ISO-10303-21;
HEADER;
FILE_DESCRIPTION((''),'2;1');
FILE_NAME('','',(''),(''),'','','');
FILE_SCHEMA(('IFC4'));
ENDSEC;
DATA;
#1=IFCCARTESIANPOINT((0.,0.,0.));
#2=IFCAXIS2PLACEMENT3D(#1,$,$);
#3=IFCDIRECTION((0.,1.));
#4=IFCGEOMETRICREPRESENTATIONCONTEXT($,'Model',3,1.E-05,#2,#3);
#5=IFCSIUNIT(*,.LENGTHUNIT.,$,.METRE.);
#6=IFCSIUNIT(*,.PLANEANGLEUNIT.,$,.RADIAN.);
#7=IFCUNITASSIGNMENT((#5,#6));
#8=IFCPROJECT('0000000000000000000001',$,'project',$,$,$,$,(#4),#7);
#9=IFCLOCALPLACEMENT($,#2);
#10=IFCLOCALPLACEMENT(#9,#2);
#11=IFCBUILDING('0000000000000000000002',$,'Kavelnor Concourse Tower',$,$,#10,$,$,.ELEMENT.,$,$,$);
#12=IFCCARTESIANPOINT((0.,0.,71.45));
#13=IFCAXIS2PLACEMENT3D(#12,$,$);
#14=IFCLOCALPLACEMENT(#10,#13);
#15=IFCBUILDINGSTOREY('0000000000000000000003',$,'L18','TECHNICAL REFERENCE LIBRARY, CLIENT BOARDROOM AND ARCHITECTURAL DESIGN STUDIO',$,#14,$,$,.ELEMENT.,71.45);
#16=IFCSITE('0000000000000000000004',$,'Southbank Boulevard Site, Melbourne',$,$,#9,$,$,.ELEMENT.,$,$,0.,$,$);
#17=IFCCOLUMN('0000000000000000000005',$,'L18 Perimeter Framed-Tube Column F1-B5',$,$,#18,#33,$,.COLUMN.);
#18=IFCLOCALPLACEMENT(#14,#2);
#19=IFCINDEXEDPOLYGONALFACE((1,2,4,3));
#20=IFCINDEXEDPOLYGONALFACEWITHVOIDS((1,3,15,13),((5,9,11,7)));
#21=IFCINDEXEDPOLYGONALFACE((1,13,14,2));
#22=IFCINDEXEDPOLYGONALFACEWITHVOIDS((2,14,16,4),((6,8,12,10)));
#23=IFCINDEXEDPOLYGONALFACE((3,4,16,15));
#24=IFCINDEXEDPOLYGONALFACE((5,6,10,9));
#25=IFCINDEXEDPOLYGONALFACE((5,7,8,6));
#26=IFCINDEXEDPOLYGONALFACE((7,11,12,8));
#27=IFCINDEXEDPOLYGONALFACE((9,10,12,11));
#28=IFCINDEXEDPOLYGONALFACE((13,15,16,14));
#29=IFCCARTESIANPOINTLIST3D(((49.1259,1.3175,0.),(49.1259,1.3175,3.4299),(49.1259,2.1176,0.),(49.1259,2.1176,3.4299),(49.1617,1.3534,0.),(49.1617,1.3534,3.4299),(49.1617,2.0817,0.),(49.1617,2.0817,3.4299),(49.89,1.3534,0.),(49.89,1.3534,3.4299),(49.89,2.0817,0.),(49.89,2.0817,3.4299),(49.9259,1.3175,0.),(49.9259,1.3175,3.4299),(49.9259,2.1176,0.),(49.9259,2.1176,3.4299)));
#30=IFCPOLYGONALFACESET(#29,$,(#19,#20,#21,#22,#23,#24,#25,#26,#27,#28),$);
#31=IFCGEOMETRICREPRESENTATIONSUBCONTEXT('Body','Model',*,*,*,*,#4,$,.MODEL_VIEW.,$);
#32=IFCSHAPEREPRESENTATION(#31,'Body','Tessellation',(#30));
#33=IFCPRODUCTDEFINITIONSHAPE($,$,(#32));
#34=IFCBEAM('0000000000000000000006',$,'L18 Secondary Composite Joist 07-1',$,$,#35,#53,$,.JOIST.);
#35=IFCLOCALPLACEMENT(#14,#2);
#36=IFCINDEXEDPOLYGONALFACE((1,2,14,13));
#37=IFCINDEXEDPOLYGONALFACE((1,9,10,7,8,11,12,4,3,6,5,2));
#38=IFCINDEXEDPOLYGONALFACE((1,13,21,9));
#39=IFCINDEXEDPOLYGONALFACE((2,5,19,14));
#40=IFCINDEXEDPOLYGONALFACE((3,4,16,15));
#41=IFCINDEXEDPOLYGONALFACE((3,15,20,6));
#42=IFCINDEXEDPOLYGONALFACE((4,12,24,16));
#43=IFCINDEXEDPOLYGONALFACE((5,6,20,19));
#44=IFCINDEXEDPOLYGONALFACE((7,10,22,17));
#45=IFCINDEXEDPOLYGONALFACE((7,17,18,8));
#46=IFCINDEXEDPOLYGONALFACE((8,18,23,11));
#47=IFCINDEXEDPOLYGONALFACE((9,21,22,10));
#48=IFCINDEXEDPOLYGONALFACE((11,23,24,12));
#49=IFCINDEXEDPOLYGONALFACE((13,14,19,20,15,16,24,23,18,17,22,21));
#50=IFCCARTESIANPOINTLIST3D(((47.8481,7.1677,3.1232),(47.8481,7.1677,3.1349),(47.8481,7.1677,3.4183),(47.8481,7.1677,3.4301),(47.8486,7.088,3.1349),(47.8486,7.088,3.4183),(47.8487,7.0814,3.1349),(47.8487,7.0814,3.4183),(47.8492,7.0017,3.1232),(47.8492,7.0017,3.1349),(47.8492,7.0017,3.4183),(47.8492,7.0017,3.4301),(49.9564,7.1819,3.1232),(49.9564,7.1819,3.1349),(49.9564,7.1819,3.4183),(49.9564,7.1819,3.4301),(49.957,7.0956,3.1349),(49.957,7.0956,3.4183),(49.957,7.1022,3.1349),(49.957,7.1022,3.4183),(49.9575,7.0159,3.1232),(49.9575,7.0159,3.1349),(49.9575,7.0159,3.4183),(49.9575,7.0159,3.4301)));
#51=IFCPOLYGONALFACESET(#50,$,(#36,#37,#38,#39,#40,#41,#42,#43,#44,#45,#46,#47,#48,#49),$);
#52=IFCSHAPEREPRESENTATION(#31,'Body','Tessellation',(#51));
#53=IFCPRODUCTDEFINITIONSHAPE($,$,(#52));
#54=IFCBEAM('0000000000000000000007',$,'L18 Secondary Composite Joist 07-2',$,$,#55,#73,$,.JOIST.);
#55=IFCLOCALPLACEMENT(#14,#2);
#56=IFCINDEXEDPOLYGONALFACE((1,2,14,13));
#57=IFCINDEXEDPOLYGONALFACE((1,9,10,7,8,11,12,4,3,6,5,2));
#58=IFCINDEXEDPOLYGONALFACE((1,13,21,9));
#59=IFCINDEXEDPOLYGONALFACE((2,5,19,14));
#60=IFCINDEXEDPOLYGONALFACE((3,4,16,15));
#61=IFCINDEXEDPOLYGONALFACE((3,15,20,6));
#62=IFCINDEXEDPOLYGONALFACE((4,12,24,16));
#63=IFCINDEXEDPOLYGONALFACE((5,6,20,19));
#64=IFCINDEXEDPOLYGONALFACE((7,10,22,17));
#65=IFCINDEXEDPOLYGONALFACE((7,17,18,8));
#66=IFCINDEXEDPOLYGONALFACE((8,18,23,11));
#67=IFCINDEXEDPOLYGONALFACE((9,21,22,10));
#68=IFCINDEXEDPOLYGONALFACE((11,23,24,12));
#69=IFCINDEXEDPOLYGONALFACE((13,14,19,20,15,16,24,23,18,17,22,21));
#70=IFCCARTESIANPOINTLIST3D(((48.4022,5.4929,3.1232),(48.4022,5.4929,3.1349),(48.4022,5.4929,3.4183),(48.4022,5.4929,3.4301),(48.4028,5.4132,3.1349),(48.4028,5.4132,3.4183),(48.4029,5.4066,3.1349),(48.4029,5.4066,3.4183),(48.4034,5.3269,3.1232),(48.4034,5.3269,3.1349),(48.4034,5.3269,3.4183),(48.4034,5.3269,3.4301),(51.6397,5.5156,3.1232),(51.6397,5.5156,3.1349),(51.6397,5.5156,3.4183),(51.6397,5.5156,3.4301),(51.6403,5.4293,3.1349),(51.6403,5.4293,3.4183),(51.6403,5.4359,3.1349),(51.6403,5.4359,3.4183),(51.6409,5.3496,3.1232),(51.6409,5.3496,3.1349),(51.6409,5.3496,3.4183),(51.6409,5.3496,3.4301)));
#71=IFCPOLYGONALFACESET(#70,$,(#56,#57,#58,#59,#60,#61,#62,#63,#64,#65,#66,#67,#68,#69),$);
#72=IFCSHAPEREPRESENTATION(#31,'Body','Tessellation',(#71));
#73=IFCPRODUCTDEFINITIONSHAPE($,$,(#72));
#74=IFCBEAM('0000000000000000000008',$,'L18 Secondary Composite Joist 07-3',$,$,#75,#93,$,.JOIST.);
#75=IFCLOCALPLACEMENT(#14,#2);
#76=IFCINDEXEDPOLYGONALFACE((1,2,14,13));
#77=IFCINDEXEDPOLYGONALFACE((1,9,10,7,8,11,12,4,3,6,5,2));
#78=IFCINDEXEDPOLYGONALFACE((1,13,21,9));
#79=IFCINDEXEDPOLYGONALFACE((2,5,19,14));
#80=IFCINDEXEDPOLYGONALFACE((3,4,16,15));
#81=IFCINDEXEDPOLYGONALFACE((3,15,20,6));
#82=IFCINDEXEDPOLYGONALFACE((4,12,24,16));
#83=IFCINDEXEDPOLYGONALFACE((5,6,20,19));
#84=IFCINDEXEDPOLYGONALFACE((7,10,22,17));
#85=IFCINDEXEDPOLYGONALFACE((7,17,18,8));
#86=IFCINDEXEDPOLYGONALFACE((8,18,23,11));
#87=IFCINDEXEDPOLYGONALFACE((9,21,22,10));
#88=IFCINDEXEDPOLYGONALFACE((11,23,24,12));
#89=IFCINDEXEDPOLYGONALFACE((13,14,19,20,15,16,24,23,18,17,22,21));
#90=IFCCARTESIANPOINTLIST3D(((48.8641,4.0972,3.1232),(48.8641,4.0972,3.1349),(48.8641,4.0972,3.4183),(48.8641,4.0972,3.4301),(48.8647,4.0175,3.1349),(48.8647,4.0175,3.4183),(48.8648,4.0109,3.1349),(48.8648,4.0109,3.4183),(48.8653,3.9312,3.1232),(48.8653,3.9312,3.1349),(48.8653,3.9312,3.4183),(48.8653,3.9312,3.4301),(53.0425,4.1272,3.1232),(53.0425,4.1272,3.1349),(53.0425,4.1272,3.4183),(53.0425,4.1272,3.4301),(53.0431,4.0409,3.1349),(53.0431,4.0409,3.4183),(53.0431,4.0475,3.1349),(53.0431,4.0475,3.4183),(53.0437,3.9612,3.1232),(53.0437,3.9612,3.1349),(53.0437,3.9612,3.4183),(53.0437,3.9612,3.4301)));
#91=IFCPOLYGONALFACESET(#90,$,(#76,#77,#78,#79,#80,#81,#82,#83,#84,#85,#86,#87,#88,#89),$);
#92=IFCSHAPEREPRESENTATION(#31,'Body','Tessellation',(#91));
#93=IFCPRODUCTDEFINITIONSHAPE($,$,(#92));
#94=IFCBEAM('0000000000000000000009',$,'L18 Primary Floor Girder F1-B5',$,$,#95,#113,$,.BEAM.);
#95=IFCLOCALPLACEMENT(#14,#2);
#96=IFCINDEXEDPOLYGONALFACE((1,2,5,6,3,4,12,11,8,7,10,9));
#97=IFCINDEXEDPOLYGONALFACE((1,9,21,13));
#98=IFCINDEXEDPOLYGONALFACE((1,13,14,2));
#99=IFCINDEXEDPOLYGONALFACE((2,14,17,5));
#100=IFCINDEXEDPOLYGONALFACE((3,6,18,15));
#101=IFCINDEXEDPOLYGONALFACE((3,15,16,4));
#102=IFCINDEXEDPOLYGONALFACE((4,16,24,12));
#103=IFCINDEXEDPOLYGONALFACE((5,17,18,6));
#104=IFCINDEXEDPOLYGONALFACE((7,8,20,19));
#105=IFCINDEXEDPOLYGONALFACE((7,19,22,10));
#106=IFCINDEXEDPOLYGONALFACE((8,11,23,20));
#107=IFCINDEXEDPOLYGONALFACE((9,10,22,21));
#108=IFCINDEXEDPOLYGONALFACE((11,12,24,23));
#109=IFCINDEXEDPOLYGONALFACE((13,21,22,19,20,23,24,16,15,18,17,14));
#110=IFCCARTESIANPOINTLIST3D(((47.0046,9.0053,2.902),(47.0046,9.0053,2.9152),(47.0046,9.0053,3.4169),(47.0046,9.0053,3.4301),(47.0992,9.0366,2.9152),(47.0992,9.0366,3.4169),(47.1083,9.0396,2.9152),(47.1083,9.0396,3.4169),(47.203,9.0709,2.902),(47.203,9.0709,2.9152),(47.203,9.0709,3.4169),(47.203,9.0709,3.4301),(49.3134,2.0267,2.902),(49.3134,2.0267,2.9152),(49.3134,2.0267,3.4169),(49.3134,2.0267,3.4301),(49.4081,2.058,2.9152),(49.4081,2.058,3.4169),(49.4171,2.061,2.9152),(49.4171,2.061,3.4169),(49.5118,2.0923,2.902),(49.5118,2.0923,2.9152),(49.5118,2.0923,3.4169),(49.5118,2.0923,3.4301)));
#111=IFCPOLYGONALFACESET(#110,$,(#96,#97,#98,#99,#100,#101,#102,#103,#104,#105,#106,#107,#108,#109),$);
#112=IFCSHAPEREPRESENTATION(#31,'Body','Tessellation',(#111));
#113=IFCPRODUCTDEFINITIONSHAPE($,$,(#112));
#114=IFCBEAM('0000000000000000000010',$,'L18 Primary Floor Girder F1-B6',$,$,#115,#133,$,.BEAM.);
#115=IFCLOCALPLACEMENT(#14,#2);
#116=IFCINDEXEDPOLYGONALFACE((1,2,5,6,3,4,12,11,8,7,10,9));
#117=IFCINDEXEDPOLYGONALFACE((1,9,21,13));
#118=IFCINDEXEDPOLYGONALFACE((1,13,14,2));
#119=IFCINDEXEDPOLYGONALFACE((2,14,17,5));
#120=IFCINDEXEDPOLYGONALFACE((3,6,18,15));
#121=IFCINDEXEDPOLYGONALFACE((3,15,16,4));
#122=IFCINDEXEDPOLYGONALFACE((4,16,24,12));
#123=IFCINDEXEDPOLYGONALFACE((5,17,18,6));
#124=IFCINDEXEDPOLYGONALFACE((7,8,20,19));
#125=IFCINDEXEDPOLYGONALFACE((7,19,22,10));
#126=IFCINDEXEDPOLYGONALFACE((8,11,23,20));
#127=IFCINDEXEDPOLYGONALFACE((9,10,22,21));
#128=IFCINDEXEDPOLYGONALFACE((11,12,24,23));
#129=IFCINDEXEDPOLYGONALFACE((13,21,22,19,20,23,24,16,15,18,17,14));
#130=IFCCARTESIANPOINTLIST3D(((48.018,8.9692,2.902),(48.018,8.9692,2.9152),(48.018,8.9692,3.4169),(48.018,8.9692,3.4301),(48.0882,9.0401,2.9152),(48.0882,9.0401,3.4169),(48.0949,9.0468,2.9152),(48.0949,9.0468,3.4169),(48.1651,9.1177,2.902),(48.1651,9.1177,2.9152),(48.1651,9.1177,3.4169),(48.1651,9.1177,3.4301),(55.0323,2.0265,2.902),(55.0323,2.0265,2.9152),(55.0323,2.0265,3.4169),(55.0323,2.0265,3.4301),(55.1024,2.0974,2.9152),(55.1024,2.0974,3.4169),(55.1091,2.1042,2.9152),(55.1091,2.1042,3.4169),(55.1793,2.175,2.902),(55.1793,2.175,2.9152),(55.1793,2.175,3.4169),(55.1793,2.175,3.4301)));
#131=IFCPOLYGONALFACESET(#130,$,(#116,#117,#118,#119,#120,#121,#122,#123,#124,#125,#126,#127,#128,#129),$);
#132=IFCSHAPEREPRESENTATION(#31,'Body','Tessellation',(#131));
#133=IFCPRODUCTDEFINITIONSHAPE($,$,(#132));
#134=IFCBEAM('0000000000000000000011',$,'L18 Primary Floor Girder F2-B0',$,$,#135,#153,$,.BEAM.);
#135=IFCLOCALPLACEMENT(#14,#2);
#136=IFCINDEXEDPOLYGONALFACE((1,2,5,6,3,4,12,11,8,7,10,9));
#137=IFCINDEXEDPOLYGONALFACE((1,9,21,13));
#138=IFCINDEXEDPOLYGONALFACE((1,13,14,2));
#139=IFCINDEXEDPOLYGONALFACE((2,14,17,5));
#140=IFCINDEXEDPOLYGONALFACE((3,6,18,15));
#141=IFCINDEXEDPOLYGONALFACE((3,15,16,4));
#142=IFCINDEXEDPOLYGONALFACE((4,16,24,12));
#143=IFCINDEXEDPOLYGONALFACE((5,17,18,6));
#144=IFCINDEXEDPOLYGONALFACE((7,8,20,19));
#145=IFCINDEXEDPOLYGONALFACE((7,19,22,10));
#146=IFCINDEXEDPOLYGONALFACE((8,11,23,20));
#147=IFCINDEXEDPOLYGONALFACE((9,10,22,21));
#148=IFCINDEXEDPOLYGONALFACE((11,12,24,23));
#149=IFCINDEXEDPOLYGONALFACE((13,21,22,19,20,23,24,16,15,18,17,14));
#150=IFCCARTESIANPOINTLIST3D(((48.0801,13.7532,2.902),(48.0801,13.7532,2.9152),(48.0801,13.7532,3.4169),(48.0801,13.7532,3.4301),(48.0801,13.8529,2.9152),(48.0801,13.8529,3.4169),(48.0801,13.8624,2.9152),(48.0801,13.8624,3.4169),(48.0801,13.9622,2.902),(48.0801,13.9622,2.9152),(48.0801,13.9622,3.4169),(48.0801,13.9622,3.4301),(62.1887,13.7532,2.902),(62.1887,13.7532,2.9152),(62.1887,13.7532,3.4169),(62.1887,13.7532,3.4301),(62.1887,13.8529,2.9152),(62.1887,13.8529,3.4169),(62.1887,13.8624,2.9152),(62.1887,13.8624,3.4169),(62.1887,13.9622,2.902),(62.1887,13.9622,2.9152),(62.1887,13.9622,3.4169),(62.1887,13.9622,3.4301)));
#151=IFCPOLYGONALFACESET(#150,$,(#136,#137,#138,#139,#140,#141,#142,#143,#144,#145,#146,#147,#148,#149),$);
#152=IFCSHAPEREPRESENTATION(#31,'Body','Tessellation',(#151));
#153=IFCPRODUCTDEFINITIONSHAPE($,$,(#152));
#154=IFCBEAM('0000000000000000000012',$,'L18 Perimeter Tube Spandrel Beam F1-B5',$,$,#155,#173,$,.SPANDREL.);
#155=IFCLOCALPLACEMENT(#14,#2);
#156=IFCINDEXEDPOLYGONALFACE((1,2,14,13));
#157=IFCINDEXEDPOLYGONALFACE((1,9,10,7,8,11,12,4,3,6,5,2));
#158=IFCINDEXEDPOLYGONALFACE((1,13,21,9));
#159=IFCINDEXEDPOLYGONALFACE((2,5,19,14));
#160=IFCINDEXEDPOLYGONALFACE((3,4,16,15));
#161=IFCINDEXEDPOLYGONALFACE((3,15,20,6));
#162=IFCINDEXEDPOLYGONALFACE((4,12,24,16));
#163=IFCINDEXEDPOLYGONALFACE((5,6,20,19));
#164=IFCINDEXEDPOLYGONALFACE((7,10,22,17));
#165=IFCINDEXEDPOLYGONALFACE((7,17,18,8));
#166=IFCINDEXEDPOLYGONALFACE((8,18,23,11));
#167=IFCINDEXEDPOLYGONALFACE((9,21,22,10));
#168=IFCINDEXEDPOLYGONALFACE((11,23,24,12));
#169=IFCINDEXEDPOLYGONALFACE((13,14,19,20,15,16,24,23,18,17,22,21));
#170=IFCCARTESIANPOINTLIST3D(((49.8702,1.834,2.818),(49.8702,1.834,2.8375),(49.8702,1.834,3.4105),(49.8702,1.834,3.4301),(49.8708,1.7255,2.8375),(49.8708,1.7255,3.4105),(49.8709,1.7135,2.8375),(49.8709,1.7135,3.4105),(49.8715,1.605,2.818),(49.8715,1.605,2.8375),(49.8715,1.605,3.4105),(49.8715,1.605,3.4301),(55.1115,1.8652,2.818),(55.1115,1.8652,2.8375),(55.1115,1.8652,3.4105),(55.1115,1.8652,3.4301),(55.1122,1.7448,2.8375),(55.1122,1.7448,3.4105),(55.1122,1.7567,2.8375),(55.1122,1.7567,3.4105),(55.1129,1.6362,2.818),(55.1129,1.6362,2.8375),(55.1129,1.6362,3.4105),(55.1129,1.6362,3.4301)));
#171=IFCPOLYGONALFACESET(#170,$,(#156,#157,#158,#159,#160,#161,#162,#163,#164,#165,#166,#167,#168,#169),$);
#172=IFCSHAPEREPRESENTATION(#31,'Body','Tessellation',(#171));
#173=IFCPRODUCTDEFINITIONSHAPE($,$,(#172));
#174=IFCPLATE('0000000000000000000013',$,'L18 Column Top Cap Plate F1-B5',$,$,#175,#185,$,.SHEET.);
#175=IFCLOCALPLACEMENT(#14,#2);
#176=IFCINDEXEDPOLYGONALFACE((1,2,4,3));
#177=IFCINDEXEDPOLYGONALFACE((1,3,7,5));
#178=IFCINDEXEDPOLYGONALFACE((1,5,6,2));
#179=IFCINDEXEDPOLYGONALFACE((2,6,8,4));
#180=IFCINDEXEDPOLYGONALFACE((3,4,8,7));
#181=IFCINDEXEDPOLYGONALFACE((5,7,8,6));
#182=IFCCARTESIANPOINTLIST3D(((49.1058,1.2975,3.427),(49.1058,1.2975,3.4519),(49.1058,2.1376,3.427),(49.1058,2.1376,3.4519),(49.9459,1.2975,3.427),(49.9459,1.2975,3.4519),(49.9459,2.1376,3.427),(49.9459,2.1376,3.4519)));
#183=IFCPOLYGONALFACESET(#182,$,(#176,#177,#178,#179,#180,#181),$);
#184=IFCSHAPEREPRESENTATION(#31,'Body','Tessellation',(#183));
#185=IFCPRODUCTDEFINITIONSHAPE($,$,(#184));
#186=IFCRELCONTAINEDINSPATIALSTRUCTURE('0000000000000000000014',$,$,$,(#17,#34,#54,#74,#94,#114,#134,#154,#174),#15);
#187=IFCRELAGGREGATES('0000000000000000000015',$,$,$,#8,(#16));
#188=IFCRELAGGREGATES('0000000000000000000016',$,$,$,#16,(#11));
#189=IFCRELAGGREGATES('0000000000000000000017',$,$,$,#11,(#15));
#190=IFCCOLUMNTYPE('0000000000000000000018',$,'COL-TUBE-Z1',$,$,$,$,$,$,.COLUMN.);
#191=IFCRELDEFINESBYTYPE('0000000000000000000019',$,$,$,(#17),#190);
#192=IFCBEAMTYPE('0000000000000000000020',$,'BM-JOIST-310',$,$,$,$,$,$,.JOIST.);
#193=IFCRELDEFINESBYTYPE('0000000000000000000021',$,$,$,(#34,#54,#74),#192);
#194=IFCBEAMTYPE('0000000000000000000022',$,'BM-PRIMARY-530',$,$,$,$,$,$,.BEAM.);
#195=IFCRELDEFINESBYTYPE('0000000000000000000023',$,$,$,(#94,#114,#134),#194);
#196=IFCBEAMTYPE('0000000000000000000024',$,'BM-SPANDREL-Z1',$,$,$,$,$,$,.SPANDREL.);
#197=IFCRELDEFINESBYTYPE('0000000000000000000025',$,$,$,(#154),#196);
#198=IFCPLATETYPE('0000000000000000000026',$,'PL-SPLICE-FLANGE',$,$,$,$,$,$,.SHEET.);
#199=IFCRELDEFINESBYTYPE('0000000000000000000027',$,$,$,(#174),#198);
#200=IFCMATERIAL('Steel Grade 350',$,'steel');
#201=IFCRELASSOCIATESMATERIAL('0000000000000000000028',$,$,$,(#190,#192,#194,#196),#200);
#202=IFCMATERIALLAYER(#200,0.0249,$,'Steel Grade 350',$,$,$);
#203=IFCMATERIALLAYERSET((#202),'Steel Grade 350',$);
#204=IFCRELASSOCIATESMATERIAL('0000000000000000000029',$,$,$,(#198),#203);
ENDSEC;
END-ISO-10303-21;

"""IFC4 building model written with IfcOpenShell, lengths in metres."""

from ifc_helpers import new_model, si_unit, direction, frame, origin, origin_2d, place, context, subcontext, project, spatial, rectangle, hollow_rectangle, i_section, extrude, material, layer, layer_set, material_profile, profile_set, type_object, element, save


model = new_model("IFC4")

# Units and contexts
model_context = context("Model", 3, precision=1e-05, world=origin(), true_north=direction((0.0, 1.0)))
body_context = subcontext(model_context, "Body", "Model", "MODEL_VIEW")
ifc_project = project(units=[si_unit("LENGTHUNIT", "METRE"), si_unit("PLANEANGLEUNIT", "RADIAN")], contexts=[model_context])

# Site, building, storey
site_placement = place(None, origin())
site = spatial("IfcSite", under=ifc_project, at=site_placement, Name="Southbank Boulevard Site, Melbourne", CompositionType="ELEMENT", RefElevation=0.0)
building_placement = place(site_placement, origin())
building = spatial("IfcBuilding", under=site, at=building_placement, Name="Kavelnor Concourse Tower", CompositionType="ELEMENT")
storey_placement = place(building_placement, frame((0.0, 0.0, 71.45)))
storey = spatial("IfcBuildingStorey", under=building, at=storey_placement, Name="L18", Description="TECHNICAL REFERENCE LIBRARY, CLIENT BOARDROOM AND ARCHITECTURAL DESIGN STUDIO", CompositionType="ELEMENT", Elevation=71.45)

# Column
ifc_material_1 = material(Name="Steel Grade 350", Category="steel")
ifc_material_profile_1 = material_profile(ifc_material_1, hollow_rectangle(XDim=0.8, YDim=0.8, WallThickness=0.0359, at=origin_2d()), Name="SHS 800x800x36")
ifc_profile_set_1 = profile_set([ifc_material_profile_1], Name="Steel Grade 350")
column_type = type_object("IfcColumnType", Name="COL-TUBE-Z1", PredefinedType="COLUMN", material=ifc_profile_set_1)
column_placement = place(storey_placement, frame((49.5259, 1.7175, 0.0), z_axis=(0.0, 0.0, 1.0), x_axis=(1.0, 0.0, 0.0)))
element("IfcColumn", 1, at=column_placement, inside=storey, type_object=column_type, Name="L18 Perimeter Framed-Tube Column F1-B5", PredefinedType="COLUMN", context=body_context, shape_type="SweptSolid", body=[
    extrude(hollow_rectangle(XDim=0.8, YDim=0.8, WallThickness=0.0359, at=origin_2d()), origin(), (0.0, 0.0, 1.0), 3.4299),
])

# Beams
ifc_material_profile_2 = material_profile(ifc_material_1, i_section(OverallWidth=0.166, OverallDepth=0.3069, WebThickness=0.0066, FlangeThickness=0.0117, at=origin_2d()), Name="310UB46")
ifc_profile_set_2 = profile_set([ifc_material_profile_2], Name="Steel Grade 350")
beam_type_1 = type_object("IfcBeamType", Name="BM-JOIST-310", PredefinedType="JOIST", material=ifc_profile_set_2)
beam_1_placement = place(storey_placement, frame((47.8486, 7.0847, 3.2766), z_axis=(0.999977, 0.006716, 0.0), x_axis=(-0.006716, 0.999977, 0.0)))
element("IfcBeam", 2, at=beam_1_placement, inside=storey, type_object=beam_type_1, Name="L18 Secondary Composite Joist 07-1", PredefinedType="JOIST", context=body_context, shape_type="SweptSolid", body=[
    extrude(i_section(OverallWidth=0.166, OverallDepth=0.3069, WebThickness=0.0066, FlangeThickness=0.0117, at=origin_2d()), origin(), (0.0, 0.0, 1.0), 2.1084),
])
beam_2_placement = place(storey_placement, frame((48.4028, 5.4099, 3.2766), z_axis=(0.999975, 0.007013, 0.0), x_axis=(-0.007013, 0.999975, 0.0)))
element("IfcBeam", 3, at=beam_2_placement, inside=storey, type_object=beam_type_1, Name="L18 Secondary Composite Joist 07-2", PredefinedType="JOIST", context=body_context, shape_type="SweptSolid", body=[
    extrude(i_section(OverallWidth=0.166, OverallDepth=0.3069, WebThickness=0.0066, FlangeThickness=0.0117, at=origin_2d()), origin(), (0.0, 0.0, 1.0), 3.2375),
])
beam_3_placement = place(storey_placement, frame((48.8647, 4.0142, 3.2766), z_axis=(0.999974, 0.007186, 0.0), x_axis=(-0.007186, 0.999974, 0.0)))
element("IfcBeam", 4, at=beam_3_placement, inside=storey, type_object=beam_type_1, Name="L18 Secondary Composite Joist 07-3", PredefinedType="JOIST", context=body_context, shape_type="SweptSolid", body=[
    extrude(i_section(OverallWidth=0.166, OverallDepth=0.3069, WebThickness=0.0066, FlangeThickness=0.0117, at=origin_2d()), origin(), (0.0, 0.0, 1.0), 4.1785),
])
ifc_material_profile_3 = material_profile(ifc_material_1, i_section(OverallWidth=0.209, OverallDepth=0.5281, WebThickness=0.0095, FlangeThickness=0.0132, at=origin_2d()), Name="530UB82")
ifc_profile_set_3 = profile_set([ifc_material_profile_3], Name="Steel Grade 350")
beam_type_2 = type_object("IfcBeamType", Name="BM-PRIMARY-530", PredefinedType="BEAM", material=ifc_profile_set_3)
beam_4_placement = place(storey_placement, frame((47.1038, 9.0381, 3.166), z_axis=(0.314105, -0.949388, 0.0), x_axis=(0.949388, 0.314105, 0.0)))
element("IfcBeam", 5, at=beam_4_placement, inside=storey, type_object=beam_type_2, Name="L18 Primary Floor Girder F1-B5", PredefinedType="BEAM", context=body_context, shape_type="SweptSolid", body=[
    extrude(i_section(OverallWidth=0.209, OverallDepth=0.5281, WebThickness=0.0095, FlangeThickness=0.0132, at=origin_2d()), origin(), (0.0, 0.0, 1.0), 7.3506),
])
beam_5_placement = place(storey_placement, frame((48.0916, 9.0435, 3.166), z_axis=(0.710722, -0.703473, 0.0), x_axis=(0.703473, 0.710722, 0.0)))
element("IfcBeam", 6, at=beam_5_placement, inside=storey, type_object=beam_type_2, Name="L18 Primary Floor Girder F1-B6", PredefinedType="BEAM", context=body_context, shape_type="SweptSolid", body=[
    extrude(i_section(OverallWidth=0.209, OverallDepth=0.5281, WebThickness=0.0095, FlangeThickness=0.0132, at=origin_2d()), origin(), (0.0, 0.0, 1.0), 9.8691),
])
beam_6_placement = place(storey_placement, frame((48.0801, 13.8577, 3.166), z_axis=(1.0, 0.0, 0.0), x_axis=(0.0, 1.0, 0.0)))
element("IfcBeam", 7, at=beam_6_placement, inside=storey, type_object=beam_type_2, Name="L18 Primary Floor Girder F2-B0", PredefinedType="BEAM", context=body_context, shape_type="SweptSolid", body=[
    extrude(i_section(OverallWidth=0.209, OverallDepth=0.5281, WebThickness=0.0095, FlangeThickness=0.0132, at=origin_2d()), origin(), (0.0, 0.0, 1.0), 14.1086),
])
ifc_material_profile_4 = material_profile(ifc_material_1, i_section(OverallWidth=0.229, OverallDepth=0.6121, WebThickness=0.012, FlangeThickness=0.0195, at=origin_2d()), Name="610UB125")
ifc_profile_set_4 = profile_set([ifc_material_profile_4], Name="Steel Grade 350")
beam_type_3 = type_object("IfcBeamType", Name="BM-SPANDREL-Z1", PredefinedType="SPANDREL", material=ifc_profile_set_4)
beam_7_placement = place(storey_placement, frame((49.8708, 1.7195, 3.124), z_axis=(0.999982, 0.005962, 0.0), x_axis=(-0.005962, 0.999982, 0.0)))
element("IfcBeam", 8, at=beam_7_placement, inside=storey, type_object=beam_type_3, Name="L18 Perimeter Tube Spandrel Beam F1-B5", PredefinedType="SPANDREL", context=body_context, shape_type="SweptSolid", body=[
    extrude(i_section(OverallWidth=0.229, OverallDepth=0.6121, WebThickness=0.012, FlangeThickness=0.0195, at=origin_2d()), origin(), (0.0, 0.0, 1.0), 5.2415),
])

# Plate
ifc_layer_1 = layer(ifc_material_1, 0.0249, Name="Steel Grade 350")
ifc_layer_set_1 = layer_set([ifc_layer_1], Name="Steel Grade 350")
plate_type = type_object("IfcPlateType", Name="PL-SPLICE-FLANGE", PredefinedType="SHEET", material=ifc_layer_set_1)
plate_1_placement = place(storey_placement, frame((49.5259, 1.7175, 3.427), z_axis=(0.0, 0.0, 1.0), x_axis=(1.0, 0.0, 0.0)))
element("IfcPlate", 9, at=plate_1_placement, inside=storey, type_object=plate_type, Name="L18 Column Top Cap Plate F1-B5", PredefinedType="SHEET", context=body_context, shape_type="SweptSolid", body=[
    extrude(rectangle(XDim=0.8401, YDim=0.8401, at=origin_2d()), origin(), (0.0, 0.0, 1.0), 0.0249),
])

save(model, "model.ifc")
